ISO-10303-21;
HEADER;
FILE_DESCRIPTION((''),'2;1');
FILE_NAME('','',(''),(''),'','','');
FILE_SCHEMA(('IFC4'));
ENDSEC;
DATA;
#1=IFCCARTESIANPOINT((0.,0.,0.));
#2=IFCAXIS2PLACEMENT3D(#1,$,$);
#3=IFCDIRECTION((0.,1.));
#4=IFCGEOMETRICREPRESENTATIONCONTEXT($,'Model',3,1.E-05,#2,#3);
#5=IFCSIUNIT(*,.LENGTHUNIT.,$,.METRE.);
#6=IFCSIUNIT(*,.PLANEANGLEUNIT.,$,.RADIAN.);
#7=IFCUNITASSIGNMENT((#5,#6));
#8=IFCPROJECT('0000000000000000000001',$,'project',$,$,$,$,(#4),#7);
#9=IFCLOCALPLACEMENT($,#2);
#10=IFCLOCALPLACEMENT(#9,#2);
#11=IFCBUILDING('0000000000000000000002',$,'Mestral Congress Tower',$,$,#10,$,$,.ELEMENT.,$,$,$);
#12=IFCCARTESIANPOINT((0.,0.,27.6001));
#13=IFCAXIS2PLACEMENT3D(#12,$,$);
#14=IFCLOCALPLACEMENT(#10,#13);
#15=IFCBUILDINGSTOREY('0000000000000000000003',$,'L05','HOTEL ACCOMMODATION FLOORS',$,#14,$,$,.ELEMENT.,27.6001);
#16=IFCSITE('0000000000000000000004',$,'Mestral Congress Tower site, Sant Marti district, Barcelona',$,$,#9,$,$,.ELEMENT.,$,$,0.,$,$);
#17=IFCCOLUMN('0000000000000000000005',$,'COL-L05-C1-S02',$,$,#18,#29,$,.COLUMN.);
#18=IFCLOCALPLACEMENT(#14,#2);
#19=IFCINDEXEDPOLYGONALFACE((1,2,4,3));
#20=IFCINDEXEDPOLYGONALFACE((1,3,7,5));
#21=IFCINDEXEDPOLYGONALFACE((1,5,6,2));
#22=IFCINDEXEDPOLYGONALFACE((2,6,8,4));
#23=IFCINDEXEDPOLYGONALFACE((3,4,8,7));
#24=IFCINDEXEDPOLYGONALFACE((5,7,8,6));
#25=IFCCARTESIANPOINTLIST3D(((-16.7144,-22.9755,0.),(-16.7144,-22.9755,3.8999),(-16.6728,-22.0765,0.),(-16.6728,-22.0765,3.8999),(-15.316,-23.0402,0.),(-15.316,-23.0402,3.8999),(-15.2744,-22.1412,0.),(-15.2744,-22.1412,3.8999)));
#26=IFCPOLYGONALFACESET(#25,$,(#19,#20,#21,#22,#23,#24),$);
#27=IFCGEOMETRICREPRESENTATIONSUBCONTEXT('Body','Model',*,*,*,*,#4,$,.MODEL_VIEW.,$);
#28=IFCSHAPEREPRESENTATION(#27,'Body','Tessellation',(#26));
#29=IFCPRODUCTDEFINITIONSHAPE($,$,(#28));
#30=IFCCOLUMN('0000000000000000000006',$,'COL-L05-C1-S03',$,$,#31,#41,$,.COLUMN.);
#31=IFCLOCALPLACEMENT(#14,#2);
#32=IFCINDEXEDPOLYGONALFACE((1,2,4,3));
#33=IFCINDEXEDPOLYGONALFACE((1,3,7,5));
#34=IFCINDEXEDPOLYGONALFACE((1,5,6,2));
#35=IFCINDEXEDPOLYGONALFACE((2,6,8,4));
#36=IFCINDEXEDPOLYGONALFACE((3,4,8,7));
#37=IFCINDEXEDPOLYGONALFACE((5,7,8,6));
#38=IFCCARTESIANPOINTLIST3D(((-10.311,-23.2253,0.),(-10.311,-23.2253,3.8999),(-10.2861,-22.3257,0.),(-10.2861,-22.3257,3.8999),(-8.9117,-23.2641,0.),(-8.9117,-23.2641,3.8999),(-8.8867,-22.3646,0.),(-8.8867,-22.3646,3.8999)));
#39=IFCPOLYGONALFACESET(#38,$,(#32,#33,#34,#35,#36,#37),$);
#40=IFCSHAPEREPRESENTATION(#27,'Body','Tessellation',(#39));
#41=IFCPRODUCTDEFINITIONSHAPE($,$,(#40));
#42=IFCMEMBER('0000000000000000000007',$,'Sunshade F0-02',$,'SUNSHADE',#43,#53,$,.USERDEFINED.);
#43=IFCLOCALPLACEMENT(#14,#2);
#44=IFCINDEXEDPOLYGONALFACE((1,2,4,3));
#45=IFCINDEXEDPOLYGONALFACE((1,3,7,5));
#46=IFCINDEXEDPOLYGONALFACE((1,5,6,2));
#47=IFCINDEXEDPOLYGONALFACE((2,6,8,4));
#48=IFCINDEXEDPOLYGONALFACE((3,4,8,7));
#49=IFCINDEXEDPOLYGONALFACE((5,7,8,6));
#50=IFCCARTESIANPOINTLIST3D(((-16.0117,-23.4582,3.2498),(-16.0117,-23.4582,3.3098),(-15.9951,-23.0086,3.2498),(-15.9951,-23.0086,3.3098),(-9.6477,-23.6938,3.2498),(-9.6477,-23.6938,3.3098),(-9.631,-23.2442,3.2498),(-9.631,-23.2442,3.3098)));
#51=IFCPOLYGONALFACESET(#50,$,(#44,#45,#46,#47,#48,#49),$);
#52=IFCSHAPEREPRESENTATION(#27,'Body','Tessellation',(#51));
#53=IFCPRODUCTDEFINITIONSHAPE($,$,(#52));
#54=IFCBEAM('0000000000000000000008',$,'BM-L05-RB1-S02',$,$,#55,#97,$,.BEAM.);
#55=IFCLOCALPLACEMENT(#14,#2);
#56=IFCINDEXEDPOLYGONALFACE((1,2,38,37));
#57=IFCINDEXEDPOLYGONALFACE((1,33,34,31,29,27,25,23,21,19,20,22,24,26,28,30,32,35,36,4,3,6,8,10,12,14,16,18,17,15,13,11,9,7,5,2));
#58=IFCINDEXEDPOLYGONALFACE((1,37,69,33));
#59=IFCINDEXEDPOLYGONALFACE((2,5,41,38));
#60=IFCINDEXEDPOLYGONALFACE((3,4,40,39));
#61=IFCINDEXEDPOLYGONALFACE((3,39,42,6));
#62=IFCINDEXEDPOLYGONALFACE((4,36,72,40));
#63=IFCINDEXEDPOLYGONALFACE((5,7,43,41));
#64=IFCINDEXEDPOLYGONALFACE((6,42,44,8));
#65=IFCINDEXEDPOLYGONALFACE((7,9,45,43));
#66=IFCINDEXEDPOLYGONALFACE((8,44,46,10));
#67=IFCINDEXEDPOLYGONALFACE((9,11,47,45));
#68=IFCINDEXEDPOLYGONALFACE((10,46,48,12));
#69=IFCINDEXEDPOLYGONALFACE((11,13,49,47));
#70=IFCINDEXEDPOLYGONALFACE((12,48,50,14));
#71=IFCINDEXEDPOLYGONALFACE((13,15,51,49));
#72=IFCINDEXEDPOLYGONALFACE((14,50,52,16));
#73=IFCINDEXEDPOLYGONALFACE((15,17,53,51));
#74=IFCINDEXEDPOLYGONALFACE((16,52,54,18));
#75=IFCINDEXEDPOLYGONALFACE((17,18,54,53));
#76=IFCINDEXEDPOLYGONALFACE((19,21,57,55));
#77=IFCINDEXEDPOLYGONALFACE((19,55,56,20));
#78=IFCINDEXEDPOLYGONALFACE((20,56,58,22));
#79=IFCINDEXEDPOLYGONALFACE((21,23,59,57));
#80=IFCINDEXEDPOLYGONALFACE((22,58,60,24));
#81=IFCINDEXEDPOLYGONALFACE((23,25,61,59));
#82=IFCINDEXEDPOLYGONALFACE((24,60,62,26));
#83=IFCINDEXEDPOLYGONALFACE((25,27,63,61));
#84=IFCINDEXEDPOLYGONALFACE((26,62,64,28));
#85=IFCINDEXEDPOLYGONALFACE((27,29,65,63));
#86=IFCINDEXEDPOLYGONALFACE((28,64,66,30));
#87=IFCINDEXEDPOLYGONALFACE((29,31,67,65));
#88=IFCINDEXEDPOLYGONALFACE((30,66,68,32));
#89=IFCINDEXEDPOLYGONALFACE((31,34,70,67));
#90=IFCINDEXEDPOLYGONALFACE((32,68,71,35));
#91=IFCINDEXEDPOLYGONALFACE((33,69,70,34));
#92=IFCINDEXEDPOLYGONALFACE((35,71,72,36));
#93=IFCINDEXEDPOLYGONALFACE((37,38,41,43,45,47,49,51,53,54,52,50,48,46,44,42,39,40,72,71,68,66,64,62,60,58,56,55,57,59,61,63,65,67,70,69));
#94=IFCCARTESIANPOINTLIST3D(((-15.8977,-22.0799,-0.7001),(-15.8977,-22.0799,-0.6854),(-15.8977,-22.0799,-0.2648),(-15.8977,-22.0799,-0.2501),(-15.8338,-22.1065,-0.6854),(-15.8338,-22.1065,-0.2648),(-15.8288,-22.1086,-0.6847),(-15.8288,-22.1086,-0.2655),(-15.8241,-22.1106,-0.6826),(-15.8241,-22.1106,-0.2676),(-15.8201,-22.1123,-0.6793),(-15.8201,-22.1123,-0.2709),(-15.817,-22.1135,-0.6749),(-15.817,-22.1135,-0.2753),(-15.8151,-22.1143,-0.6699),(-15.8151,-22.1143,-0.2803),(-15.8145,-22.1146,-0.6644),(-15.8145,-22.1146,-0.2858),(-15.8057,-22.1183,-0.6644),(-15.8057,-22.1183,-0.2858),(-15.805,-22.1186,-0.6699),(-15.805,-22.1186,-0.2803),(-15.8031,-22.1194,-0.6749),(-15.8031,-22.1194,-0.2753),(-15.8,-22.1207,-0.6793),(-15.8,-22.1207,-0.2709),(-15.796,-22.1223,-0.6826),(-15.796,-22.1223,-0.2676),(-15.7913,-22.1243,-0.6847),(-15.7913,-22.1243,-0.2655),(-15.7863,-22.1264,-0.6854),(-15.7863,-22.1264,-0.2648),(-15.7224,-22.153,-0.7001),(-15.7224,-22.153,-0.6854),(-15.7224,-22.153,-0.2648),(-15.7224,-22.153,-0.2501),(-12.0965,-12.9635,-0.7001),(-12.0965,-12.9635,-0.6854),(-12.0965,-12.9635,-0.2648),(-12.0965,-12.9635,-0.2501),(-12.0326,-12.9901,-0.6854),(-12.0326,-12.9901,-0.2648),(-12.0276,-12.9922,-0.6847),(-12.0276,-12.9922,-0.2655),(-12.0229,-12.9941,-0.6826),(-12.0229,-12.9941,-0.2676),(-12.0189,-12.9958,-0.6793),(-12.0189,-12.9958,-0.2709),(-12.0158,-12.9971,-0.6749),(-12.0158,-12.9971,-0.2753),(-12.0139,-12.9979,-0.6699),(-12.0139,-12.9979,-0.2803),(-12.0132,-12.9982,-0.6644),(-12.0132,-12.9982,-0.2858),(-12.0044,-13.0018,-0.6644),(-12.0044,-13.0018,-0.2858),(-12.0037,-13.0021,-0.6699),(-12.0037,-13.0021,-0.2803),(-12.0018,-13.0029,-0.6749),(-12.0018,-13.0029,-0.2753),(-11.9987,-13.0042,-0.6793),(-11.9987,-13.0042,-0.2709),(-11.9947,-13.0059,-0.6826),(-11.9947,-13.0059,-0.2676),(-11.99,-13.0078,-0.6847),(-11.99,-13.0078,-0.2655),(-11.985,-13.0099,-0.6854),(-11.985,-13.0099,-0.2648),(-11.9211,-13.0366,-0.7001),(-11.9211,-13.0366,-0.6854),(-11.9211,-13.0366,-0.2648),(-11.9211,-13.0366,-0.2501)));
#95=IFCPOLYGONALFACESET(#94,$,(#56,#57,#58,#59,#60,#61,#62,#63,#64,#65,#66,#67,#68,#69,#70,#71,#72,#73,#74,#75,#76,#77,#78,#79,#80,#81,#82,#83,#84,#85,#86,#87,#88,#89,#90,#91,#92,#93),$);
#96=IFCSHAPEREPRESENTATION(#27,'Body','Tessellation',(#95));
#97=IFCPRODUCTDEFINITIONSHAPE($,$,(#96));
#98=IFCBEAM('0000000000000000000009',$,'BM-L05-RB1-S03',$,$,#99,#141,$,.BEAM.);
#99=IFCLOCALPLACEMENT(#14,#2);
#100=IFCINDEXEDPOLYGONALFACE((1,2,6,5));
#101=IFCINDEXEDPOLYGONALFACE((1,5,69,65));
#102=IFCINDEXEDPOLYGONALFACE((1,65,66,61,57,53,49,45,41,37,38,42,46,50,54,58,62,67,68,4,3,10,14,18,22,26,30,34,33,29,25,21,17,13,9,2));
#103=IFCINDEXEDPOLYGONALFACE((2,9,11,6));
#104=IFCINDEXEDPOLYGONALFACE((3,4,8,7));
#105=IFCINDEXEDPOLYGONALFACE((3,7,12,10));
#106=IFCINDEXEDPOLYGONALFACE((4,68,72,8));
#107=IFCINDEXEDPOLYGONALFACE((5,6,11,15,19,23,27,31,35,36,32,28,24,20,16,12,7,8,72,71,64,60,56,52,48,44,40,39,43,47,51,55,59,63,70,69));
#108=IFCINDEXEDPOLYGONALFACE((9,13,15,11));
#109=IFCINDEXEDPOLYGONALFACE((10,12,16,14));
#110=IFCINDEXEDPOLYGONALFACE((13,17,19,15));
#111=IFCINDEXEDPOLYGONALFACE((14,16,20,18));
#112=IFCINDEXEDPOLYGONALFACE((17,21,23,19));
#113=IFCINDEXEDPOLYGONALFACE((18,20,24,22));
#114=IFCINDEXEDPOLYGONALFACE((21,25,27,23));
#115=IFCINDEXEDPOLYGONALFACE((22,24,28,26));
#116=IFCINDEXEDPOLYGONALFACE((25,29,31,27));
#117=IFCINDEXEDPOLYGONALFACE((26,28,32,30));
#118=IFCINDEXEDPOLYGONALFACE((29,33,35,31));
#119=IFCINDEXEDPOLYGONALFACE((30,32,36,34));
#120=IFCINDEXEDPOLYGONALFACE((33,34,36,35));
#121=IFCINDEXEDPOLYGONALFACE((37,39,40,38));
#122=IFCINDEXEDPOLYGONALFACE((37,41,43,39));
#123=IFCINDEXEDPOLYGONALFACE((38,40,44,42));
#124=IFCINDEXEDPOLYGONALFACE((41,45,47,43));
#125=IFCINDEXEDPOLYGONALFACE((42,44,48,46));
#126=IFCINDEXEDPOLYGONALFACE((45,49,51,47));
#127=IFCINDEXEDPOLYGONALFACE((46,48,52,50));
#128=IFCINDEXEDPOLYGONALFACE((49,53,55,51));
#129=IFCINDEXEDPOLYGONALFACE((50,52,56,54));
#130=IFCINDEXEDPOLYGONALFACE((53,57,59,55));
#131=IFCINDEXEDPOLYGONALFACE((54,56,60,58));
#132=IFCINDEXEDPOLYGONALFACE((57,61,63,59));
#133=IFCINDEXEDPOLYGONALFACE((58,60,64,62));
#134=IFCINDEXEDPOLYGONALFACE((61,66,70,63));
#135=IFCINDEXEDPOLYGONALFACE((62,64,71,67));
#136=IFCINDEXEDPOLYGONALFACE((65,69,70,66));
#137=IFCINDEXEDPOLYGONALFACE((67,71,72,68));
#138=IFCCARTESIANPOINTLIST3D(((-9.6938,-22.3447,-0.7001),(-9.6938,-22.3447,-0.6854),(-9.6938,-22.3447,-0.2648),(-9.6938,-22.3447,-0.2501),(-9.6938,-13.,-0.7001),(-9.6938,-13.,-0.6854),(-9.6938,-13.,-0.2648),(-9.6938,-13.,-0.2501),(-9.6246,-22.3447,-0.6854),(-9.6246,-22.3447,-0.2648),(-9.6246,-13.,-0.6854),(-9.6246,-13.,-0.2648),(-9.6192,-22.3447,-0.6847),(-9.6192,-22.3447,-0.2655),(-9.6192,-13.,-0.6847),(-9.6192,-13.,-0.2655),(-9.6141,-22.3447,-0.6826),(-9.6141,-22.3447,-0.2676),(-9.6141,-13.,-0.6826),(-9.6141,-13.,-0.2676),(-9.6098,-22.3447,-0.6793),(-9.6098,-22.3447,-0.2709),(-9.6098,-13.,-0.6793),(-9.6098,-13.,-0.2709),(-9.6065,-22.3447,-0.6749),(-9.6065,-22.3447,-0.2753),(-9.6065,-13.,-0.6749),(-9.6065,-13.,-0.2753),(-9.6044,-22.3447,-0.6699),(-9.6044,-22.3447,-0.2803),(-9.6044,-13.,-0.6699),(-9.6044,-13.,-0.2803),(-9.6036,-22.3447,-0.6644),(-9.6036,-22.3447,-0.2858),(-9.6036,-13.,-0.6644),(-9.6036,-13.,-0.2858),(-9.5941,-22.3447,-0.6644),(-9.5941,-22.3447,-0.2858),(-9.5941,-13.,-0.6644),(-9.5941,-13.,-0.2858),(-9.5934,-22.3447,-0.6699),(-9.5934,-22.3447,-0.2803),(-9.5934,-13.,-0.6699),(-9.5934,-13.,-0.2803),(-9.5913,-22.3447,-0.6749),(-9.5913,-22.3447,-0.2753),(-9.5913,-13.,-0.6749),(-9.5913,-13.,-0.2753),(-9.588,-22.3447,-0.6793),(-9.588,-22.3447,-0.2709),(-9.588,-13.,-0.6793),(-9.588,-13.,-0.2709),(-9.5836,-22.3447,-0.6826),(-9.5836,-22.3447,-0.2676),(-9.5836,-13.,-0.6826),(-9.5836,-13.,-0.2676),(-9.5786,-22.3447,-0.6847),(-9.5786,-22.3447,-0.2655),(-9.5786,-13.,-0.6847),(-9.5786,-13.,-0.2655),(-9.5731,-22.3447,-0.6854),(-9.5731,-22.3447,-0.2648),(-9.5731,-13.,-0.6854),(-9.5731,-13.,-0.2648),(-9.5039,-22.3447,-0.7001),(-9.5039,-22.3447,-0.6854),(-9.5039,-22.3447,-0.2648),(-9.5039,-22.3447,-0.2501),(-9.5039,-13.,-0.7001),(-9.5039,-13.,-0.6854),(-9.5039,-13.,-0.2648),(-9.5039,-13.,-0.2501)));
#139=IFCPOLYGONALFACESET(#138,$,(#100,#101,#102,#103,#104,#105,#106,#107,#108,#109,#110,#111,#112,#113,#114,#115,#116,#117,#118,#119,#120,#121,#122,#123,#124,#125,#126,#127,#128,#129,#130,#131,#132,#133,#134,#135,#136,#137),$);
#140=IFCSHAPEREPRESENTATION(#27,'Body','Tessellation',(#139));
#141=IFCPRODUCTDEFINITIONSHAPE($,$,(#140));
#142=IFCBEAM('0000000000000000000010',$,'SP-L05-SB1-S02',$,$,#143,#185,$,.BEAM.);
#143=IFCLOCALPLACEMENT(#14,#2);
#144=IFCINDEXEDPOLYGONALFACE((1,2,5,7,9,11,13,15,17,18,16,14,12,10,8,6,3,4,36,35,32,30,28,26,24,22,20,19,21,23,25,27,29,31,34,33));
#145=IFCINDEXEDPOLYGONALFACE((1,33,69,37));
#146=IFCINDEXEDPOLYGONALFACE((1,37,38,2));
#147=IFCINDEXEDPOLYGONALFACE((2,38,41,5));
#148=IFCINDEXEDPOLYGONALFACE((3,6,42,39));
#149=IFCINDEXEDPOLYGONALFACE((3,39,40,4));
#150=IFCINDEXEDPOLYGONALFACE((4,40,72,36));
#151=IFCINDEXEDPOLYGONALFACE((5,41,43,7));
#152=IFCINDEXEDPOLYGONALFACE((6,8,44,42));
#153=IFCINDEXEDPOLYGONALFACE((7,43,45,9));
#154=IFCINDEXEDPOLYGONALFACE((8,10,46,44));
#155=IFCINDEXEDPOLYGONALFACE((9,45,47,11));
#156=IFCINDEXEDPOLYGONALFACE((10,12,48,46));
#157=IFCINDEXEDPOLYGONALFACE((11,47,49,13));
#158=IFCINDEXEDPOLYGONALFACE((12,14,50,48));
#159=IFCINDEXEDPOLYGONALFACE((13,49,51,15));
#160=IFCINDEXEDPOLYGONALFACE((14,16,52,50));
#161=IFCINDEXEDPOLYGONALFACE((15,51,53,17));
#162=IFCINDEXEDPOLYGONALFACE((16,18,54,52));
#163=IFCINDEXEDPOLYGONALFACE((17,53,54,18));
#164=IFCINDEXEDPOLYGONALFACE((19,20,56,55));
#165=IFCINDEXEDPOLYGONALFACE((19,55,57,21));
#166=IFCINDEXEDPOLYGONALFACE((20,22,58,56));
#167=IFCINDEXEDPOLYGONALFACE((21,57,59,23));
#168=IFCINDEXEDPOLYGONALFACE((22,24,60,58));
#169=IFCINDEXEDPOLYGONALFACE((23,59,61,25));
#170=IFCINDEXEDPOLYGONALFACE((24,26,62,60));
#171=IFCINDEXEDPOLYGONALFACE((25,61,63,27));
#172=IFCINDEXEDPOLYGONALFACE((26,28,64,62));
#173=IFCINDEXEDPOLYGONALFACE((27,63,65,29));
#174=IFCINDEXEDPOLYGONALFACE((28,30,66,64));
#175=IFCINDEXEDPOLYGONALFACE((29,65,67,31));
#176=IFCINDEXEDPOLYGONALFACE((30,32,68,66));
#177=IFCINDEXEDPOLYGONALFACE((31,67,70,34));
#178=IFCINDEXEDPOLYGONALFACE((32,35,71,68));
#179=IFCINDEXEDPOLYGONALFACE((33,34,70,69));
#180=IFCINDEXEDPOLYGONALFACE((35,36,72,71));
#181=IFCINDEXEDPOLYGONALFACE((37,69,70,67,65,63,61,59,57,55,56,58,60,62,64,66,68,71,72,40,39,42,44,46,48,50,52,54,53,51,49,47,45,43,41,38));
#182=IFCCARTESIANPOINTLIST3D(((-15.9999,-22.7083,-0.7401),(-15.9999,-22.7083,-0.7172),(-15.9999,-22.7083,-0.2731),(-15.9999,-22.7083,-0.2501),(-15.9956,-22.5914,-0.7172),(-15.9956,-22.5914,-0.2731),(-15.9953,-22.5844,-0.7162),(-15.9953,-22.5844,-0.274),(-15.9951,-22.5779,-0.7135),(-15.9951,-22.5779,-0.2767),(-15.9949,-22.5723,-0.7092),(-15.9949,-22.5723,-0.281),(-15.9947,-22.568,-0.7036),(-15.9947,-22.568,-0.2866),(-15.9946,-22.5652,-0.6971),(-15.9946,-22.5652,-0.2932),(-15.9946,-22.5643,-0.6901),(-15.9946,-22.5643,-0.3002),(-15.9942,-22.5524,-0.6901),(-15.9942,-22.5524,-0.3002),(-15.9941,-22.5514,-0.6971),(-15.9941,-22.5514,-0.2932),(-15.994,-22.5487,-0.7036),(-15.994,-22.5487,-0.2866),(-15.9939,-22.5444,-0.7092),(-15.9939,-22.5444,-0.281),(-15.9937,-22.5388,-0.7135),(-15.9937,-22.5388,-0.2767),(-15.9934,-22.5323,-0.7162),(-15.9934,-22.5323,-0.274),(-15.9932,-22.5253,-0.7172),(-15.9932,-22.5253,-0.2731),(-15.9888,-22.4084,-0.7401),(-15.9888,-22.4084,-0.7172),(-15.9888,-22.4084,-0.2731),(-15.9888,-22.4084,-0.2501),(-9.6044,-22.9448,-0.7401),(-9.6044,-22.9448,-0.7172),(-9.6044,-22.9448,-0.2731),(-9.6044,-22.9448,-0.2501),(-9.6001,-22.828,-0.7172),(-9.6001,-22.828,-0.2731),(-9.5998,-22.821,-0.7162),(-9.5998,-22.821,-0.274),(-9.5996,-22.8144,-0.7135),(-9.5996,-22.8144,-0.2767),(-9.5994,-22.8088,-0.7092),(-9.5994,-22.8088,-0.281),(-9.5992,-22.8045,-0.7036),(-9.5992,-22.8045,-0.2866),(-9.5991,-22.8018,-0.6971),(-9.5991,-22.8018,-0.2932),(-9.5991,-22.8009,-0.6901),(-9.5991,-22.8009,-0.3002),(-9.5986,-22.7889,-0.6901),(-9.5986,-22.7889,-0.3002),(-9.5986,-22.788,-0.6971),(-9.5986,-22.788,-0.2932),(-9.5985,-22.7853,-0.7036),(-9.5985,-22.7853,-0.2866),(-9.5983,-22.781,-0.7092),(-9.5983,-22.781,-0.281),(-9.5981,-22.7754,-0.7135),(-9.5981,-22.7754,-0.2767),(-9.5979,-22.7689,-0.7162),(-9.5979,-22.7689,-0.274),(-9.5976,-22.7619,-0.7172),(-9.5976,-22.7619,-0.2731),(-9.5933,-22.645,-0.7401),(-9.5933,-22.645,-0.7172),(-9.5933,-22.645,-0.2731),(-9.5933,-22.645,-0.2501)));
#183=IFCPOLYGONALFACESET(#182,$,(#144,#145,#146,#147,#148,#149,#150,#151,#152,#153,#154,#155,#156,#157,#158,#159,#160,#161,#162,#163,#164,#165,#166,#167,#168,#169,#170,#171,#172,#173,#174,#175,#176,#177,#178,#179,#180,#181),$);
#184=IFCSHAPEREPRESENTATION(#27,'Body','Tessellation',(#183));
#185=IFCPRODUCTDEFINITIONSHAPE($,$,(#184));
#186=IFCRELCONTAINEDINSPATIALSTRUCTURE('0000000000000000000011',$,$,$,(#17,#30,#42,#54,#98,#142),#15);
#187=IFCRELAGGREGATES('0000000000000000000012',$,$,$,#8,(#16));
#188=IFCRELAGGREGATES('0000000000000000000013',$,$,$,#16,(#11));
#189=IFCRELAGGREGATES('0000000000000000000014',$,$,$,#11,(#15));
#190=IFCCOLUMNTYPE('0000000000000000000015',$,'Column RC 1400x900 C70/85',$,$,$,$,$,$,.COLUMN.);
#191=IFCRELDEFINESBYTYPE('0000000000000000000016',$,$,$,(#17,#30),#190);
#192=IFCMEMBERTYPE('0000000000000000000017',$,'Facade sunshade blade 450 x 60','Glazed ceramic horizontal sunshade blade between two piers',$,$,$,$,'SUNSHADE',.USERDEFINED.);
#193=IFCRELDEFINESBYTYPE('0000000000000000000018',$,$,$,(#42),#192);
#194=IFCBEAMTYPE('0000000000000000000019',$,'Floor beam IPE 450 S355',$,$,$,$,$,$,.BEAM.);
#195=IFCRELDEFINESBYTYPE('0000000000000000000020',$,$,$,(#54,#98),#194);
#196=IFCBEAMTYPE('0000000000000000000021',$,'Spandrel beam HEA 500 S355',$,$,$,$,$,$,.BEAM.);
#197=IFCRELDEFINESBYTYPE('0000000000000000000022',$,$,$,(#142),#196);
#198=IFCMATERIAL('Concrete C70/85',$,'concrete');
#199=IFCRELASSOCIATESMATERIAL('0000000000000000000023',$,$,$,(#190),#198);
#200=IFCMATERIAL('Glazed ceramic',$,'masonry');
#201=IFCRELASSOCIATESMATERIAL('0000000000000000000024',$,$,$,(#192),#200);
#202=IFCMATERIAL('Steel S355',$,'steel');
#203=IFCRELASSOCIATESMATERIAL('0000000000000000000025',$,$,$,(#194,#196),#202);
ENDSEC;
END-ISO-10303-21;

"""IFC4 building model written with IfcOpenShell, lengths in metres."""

from ifc_helpers import new_model, si_unit, direction, frame, origin, origin_2d, place, context, subcontext, project, spatial, rectangle, i_section, extrude, material, material_profile, profile_set, type_object, element, save


model = new_model("IFC4")

# Units and contexts
model_context = context("Model", 3, precision=1e-05, world=origin(), true_north=direction((0.0, 1.0)))
body_context = subcontext(model_context, "Body", "Model", "MODEL_VIEW")
ifc_project = project(units=[si_unit("LENGTHUNIT", "METRE"), si_unit("PLANEANGLEUNIT", "RADIAN")], contexts=[model_context])

# Site, building, storey
site_placement = place(None, origin())
site = spatial("IfcSite", under=ifc_project, at=site_placement, Name="Mestral Congress Tower site, Sant Marti district, Barcelona", CompositionType="ELEMENT", RefElevation=0.0)
building_placement = place(site_placement, origin())
building = spatial("IfcBuilding", under=site, at=building_placement, Name="Mestral Congress Tower", CompositionType="ELEMENT")
storey_placement = place(building_placement, frame((0.0, 0.0, 27.6001)))
storey = spatial("IfcBuildingStorey", under=building, at=storey_placement, Name="L05", Description="HOTEL ACCOMMODATION FLOORS", CompositionType="ELEMENT", Elevation=27.6001)

# Columns
ifc_material_1 = material(Name="Concrete C70/85", Category="concrete")
ifc_material_profile_1 = material_profile(ifc_material_1, rectangle(XDim=1.3999, YDim=0.8999, at=origin_2d()), Name="RC 1400x900")
ifc_profile_set_1 = profile_set([ifc_material_profile_1], Name="Concrete C70/85")
column_type = type_object("IfcColumnType", Name="Column RC 1400x900 C70/85", PredefinedType="COLUMN", material=ifc_profile_set_1)
for number, where, z_axis, x_axis, name in (
    (1, (-15.9944, -22.5583, 0.0), (0.0, 0.0, 1.0), (0.998932, -0.0462, 0.0), "COL-L05-C1-S02"),
    (2, (-9.5989, -22.7949, 0.0), (0.0, 0.0, 1.0), (0.999616, -0.027726, 0.0), "COL-L05-C1-S03"),
):
    element("IfcColumn", number, at=place(storey_placement, frame(where, z_axis=z_axis, x_axis=x_axis)), inside=storey, type_object=column_type, Name=name, PredefinedType="COLUMN", context=body_context, shape_type="SweptSolid", body=[
        extrude(rectangle(XDim=1.3999, YDim=0.8999, at=origin_2d()), origin(), (0.0, 0.0, 1.0), 3.8999),
    ])

# Member
ifc_material_2 = material(Name="Glazed ceramic", Category="masonry")
ifc_material_profile_2 = material_profile(ifc_material_2, rectangle(XDim=0.45, YDim=0.0601, at=origin_2d()), Name="Ceramic blade 450 x 60")
ifc_profile_set_2 = profile_set([ifc_material_profile_2], Name="Glazed ceramic")
member_type = type_object("IfcMemberType", Name="Facade sunshade blade 450 x 60", Description="Glazed ceramic horizontal sunshade blade between two piers", ElementType="SUNSHADE", PredefinedType="USERDEFINED", material=ifc_profile_set_2)
member_placement = place(storey_placement, frame((-16.0034, -23.2334, 3.2798), z_axis=(0.999315, -0.036995, 0.0), x_axis=(0.036995, 0.999315, 0.0)))
element("IfcMember", 3, at=member_placement, inside=storey, type_object=member_type, Name="Sunshade F0-02", ObjectType="SUNSHADE", PredefinedType="USERDEFINED", context=body_context, shape_type="SweptSolid", body=[
    extrude(rectangle(XDim=0.45, YDim=0.0601, at=origin_2d()), origin(), (0.0, 0.0, 1.0), 6.3684),
])

# Beams
ifc_material_3 = material(Name="Steel S355", Category="steel")
ifc_material_profile_3 = material_profile(ifc_material_3, i_section(OverallWidth=0.1899, OverallDepth=0.45, WebThickness=0.0095, FlangeThickness=0.0146, FilletRadius=0.021, at=origin_2d()), Name="IPE 450")
ifc_profile_set_3 = profile_set([ifc_material_profile_3], Name="Steel S355")
beam_type_1 = type_object("IfcBeamType", Name="Floor beam IPE 450 S355", PredefinedType="BEAM", material=ifc_profile_set_3)
beam_1_placement = place(storey_placement, frame((-15.8101, -22.1165, -0.4751), z_axis=(0.384852, 0.922978, 0.0), x_axis=(-0.922978, 0.384852, 0.0)))
element("IfcBeam", 4, at=beam_1_placement, inside=storey, type_object=beam_type_1, Name="BM-L05-RB1-S02", PredefinedType="BEAM", context=body_context, shape_type="SweptSolid", body=[
    extrude(i_section(OverallWidth=0.1899, OverallDepth=0.45, WebThickness=0.0095, FlangeThickness=0.0146, FilletRadius=0.021, at=origin_2d()), origin(), (0.0, 0.0, 1.0), 9.8772),
])
beam_2_placement = place(storey_placement, frame((-9.5989, -22.3447, -0.4751), z_axis=(0.0, 1.0, 0.0), x_axis=(-1.0, 0.0, 0.0)))
element("IfcBeam", 5, at=beam_2_placement, inside=storey, type_object=beam_type_1, Name="BM-L05-RB1-S03", PredefinedType="BEAM", context=body_context, shape_type="SweptSolid", body=[
    extrude(i_section(OverallWidth=0.1899, OverallDepth=0.45, WebThickness=0.0095, FlangeThickness=0.0146, FilletRadius=0.021, at=origin_2d()), origin(), (0.0, 0.0, 1.0), 9.3447),
])
ifc_material_profile_4 = material_profile(ifc_material_3, i_section(OverallWidth=0.3, OverallDepth=0.49, WebThickness=0.012, FlangeThickness=0.0229, FilletRadius=0.0271, at=origin_2d()), Name="HEA 500")
ifc_profile_set_4 = profile_set([ifc_material_profile_4], Name="Steel S355")
beam_type_2 = type_object("IfcBeamType", Name="Spandrel beam HEA 500 S355", PredefinedType="BEAM", material=ifc_profile_set_4)
for number, where, z_axis, x_axis, name in (
    (6, (-15.9944, -22.5583, -0.4951), (0.999317, -0.036965, 0.0), (0.036965, 0.999317, 0.0), "SP-L05-SB1-S02"),
):
    element("IfcBeam", number, at=place(storey_placement, frame(where, z_axis=z_axis, x_axis=x_axis)), inside=storey, type_object=beam_type_2, Name=name, PredefinedType="BEAM", context=body_context, shape_type="SweptSolid", body=[
        extrude(i_section(OverallWidth=0.3, OverallDepth=0.49, WebThickness=0.012, FlangeThickness=0.0229, FilletRadius=0.0271, at=origin_2d()), origin(), (0.0, 0.0, 1.0), 6.3999),
    ])

save(model, "model.ifc")
